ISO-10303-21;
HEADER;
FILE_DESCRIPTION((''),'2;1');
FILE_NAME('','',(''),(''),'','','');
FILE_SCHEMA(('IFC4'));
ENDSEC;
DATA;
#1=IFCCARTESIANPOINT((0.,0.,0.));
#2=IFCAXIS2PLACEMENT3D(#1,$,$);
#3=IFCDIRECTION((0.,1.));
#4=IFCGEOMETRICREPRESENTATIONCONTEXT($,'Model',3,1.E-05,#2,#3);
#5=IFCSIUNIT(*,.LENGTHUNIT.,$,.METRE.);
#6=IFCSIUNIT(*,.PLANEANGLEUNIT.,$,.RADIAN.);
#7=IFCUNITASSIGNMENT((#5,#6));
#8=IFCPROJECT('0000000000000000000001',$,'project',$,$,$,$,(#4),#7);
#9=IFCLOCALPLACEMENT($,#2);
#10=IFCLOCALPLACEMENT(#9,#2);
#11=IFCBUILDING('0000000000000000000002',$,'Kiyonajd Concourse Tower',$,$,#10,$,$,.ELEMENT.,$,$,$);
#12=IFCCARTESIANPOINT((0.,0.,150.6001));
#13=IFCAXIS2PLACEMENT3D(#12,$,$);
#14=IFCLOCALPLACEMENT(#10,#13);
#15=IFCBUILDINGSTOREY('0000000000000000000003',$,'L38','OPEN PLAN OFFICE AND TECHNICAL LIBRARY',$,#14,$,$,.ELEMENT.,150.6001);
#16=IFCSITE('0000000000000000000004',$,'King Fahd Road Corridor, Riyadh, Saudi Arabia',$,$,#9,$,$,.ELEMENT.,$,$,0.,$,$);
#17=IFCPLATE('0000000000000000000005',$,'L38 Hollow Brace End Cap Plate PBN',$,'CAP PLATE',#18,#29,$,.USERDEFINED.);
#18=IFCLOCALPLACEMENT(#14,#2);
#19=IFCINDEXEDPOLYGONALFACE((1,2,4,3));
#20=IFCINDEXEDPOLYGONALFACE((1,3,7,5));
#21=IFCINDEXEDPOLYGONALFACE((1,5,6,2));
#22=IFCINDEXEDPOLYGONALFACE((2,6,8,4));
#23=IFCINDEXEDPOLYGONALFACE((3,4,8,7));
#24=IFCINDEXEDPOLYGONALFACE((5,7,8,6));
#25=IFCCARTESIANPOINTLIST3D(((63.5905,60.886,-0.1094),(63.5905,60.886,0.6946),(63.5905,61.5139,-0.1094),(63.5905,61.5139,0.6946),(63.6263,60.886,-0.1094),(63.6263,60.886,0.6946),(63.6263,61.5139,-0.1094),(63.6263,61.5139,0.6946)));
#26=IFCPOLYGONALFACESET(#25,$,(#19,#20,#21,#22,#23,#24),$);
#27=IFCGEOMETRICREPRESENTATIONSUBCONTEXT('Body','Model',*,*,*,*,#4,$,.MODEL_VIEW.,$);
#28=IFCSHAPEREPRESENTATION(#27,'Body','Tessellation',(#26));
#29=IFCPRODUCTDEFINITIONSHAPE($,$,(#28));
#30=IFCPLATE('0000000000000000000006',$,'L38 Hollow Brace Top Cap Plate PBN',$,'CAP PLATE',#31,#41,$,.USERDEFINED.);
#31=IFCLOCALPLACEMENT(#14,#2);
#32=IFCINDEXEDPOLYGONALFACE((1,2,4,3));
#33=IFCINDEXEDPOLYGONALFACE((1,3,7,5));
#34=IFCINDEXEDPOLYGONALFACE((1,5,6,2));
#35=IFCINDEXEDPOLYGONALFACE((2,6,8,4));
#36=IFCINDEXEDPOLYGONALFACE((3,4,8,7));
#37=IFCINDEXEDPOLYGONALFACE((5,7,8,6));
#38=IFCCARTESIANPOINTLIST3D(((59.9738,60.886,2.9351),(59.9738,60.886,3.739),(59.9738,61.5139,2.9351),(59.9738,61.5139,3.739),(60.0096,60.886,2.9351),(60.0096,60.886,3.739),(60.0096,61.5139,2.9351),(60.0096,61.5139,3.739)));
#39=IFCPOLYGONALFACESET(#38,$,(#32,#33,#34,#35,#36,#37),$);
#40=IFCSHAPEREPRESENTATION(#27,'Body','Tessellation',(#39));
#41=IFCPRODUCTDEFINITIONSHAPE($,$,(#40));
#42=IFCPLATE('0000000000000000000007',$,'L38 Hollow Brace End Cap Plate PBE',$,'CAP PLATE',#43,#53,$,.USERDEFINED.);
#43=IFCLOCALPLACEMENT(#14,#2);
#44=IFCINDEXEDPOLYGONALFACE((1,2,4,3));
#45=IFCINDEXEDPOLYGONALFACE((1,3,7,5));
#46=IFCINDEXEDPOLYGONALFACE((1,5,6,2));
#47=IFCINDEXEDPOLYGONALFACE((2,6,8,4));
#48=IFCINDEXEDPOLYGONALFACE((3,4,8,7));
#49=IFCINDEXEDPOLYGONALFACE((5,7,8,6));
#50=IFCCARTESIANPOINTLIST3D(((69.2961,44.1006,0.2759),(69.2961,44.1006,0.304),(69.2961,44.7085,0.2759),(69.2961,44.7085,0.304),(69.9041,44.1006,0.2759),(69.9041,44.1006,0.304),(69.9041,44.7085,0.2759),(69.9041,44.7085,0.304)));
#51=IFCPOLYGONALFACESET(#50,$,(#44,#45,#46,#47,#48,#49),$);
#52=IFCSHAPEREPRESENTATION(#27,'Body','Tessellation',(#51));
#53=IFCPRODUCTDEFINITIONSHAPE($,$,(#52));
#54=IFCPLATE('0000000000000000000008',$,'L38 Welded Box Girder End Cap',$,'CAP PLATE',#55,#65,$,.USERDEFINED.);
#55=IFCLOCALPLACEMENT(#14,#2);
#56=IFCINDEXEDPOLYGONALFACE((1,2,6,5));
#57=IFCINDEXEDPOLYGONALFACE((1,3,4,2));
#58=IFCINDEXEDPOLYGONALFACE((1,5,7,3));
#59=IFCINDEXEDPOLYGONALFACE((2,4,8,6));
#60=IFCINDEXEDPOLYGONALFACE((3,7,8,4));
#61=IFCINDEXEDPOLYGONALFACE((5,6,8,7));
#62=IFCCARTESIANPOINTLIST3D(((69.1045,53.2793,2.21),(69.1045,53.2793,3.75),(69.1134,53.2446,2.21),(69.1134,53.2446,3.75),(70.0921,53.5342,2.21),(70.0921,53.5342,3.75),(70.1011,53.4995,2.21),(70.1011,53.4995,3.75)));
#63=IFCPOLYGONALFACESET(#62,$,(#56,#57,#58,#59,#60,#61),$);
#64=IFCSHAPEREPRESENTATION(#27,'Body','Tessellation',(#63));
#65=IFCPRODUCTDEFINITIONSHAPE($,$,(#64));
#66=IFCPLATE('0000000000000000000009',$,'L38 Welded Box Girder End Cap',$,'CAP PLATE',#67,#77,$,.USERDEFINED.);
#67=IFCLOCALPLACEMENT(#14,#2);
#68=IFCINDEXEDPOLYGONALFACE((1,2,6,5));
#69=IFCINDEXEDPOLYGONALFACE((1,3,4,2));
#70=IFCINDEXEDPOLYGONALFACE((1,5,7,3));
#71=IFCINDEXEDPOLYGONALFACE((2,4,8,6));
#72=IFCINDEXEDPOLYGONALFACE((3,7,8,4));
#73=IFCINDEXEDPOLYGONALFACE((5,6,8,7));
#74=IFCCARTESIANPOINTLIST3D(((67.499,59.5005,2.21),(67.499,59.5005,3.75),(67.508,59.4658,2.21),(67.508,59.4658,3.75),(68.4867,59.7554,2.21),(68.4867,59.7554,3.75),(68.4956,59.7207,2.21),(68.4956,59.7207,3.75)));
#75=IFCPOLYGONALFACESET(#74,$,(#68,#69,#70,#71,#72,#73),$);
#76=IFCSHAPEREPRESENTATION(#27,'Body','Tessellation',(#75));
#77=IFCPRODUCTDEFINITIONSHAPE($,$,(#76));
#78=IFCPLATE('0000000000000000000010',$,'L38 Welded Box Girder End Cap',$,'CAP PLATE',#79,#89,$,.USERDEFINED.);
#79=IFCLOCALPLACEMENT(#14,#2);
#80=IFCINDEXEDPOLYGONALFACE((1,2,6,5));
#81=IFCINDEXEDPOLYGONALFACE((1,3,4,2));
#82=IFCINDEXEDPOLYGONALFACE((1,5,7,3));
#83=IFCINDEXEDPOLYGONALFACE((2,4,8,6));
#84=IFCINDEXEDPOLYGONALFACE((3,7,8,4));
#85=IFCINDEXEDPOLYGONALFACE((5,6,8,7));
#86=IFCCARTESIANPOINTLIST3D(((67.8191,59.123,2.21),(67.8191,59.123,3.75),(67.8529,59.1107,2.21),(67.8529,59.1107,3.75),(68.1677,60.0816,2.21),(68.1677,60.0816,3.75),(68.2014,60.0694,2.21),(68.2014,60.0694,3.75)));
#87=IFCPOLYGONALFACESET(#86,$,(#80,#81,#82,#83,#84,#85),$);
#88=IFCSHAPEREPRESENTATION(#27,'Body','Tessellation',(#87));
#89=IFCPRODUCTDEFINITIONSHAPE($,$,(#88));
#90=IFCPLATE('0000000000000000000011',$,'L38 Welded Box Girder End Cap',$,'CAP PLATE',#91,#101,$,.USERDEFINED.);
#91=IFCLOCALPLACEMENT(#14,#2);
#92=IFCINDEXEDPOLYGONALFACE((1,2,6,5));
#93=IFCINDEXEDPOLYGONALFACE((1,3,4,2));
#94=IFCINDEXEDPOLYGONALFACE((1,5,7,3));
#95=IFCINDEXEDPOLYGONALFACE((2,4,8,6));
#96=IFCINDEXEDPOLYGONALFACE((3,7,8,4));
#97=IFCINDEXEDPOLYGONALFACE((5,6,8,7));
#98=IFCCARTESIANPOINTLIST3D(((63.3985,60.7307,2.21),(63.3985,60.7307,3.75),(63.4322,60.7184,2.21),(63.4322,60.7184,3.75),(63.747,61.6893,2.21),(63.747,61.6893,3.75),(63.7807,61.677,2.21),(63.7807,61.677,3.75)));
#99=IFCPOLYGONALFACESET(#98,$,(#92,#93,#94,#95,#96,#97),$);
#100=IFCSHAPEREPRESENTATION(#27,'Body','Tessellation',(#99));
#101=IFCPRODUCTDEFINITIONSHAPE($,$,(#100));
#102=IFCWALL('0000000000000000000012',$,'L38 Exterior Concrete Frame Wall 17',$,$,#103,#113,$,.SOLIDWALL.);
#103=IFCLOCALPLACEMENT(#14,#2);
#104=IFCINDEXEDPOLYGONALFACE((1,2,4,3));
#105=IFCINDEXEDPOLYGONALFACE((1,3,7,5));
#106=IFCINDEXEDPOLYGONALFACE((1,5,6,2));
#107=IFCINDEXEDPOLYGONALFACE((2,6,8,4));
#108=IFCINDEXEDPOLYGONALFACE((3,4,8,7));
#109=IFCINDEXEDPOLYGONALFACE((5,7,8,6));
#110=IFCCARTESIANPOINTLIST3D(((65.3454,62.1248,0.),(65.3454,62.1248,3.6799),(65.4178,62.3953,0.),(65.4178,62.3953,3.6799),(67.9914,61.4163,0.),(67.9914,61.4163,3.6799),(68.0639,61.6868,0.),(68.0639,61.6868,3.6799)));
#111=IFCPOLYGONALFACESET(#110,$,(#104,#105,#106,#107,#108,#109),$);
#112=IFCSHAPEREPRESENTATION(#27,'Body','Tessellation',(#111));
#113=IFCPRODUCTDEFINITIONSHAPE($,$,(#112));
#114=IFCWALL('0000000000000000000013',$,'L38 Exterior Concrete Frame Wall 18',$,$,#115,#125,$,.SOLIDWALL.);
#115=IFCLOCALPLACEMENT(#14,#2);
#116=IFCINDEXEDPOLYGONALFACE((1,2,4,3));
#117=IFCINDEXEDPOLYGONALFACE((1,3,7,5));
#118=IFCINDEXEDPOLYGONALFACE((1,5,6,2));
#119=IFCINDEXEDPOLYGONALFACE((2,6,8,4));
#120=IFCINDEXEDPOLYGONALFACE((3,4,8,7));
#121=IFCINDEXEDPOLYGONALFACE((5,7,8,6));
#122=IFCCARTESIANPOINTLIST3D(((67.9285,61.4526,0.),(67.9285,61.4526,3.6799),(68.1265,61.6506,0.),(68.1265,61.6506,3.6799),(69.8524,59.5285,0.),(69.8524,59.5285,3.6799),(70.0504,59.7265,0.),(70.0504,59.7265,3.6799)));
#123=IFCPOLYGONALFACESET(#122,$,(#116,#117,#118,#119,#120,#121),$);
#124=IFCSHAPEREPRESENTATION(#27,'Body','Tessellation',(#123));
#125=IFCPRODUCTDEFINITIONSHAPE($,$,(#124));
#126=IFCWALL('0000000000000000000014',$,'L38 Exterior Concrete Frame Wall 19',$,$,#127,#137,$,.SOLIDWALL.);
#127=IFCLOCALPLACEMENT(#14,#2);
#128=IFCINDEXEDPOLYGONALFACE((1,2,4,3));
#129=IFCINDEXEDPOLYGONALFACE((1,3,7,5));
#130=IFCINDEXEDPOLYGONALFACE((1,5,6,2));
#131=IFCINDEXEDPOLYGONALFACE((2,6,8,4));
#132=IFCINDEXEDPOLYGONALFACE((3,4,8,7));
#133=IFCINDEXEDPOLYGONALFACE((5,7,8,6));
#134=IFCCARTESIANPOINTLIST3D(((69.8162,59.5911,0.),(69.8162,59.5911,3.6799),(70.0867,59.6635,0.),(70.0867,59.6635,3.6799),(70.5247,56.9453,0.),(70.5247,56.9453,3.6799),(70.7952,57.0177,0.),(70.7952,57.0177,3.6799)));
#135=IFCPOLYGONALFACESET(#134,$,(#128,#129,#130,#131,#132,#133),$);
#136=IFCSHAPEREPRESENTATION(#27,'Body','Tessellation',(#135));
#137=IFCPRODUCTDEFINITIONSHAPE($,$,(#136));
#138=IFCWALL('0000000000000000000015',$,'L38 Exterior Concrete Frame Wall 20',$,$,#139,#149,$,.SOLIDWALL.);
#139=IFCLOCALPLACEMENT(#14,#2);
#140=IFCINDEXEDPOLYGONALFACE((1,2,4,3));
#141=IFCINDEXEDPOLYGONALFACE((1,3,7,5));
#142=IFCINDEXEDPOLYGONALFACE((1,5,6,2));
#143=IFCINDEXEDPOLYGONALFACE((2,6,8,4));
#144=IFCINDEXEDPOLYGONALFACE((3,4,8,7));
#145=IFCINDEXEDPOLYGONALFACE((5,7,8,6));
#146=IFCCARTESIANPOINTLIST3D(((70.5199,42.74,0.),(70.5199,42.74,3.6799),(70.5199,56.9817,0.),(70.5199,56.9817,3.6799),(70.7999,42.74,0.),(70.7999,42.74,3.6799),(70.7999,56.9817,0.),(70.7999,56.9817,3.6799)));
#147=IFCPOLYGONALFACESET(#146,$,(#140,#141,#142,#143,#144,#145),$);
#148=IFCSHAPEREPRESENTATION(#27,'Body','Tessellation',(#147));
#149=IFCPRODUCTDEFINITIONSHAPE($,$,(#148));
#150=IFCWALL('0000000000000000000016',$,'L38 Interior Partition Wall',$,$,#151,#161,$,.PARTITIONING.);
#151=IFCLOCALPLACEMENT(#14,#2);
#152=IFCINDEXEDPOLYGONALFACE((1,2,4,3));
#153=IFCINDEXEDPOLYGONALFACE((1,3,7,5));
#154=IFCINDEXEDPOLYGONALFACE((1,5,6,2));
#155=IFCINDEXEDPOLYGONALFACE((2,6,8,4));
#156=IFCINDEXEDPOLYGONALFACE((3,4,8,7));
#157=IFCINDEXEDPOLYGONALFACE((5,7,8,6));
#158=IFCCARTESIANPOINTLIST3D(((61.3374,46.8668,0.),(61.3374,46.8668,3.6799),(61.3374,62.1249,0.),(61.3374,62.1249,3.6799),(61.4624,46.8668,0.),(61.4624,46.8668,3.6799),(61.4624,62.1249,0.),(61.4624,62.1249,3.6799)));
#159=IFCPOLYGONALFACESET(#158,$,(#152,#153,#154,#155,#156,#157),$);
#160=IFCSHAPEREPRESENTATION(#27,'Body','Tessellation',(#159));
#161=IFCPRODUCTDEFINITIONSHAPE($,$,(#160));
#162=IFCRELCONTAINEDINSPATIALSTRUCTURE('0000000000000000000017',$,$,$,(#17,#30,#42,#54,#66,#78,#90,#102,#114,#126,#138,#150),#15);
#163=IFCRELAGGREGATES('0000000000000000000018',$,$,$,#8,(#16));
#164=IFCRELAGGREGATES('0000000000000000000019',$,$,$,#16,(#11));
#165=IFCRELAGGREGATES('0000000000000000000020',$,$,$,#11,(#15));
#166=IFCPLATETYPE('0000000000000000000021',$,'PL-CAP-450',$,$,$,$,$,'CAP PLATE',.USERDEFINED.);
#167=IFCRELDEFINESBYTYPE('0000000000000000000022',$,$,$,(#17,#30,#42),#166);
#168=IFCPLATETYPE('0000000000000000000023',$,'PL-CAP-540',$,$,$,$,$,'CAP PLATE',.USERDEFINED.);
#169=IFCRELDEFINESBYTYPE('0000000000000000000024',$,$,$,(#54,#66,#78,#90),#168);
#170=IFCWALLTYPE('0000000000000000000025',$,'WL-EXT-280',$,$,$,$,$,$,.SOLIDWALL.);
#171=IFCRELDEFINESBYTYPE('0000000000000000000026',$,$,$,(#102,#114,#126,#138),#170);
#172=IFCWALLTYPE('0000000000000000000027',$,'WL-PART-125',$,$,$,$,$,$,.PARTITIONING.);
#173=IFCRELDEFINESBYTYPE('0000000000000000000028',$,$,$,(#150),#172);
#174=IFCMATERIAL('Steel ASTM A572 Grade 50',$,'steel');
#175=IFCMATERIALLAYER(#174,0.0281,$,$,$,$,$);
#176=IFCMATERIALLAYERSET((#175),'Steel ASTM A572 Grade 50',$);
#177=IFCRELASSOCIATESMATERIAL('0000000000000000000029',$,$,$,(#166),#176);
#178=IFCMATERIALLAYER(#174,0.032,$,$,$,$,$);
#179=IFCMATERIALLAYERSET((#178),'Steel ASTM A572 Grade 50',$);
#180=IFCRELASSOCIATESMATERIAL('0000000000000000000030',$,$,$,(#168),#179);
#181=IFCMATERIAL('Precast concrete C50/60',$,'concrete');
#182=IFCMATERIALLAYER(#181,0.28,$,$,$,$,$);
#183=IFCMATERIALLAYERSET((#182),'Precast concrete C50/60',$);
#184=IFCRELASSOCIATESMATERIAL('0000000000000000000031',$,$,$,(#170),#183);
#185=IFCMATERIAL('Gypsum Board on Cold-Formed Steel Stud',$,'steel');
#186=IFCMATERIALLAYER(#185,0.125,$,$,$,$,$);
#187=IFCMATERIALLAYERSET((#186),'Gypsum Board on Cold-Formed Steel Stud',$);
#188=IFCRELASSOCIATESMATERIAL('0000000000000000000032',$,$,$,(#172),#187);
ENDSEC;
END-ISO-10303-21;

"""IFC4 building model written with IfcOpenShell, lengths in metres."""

from ifc_helpers import new_model, si_unit, direction, frame, frame_2d, origin, origin_2d, place, context, subcontext, project, spatial, rectangle, extrude, material, layer, layer_set, type_object, element, save


model = new_model("IFC4")

# Units and contexts
model_context = context("Model", 3, precision=1e-05, world=origin(), true_north=direction((0.0, 1.0)))
body_context = subcontext(model_context, "Body", "Model", "MODEL_VIEW")
ifc_project = project(units=[si_unit("LENGTHUNIT", "METRE"), si_unit("PLANEANGLEUNIT", "RADIAN")], contexts=[model_context])

# Site, building, storey
site_placement = place(None, origin())
site = spatial("IfcSite", under=ifc_project, at=site_placement, Name="King Fahd Road Corridor, Riyadh, Saudi Arabia", CompositionType="ELEMENT", RefElevation=0.0)
building_placement = place(site_placement, origin())
building = spatial("IfcBuilding", under=site, at=building_placement, Name="Kiyonajd Concourse Tower", CompositionType="ELEMENT")
storey_placement = place(building_placement, frame((0.0, 0.0, 150.6001)))
storey = spatial("IfcBuildingStorey", under=building, at=storey_placement, Name="L38", Description="OPEN PLAN OFFICE AND TECHNICAL LIBRARY", CompositionType="ELEMENT", Elevation=150.6001)

# Shared definitions
ifc_material_1 = material(Name="Steel ASTM A572 Grade 50", Category="steel")

# Plates
ifc_layer_1 = layer(ifc_material_1, 0.0281)
ifc_layer_set_1 = layer_set([ifc_layer_1], Name="Steel ASTM A572 Grade 50")
plate_type_1 = type_object("IfcPlateType", Name="PL-CAP-450", ElementType="CAP PLATE", PredefinedType="USERDEFINED", material=ifc_layer_set_1)
for number, where, z_axis, x_axis, name in (
    (1, (63.6084, 61.2, -0.1094), (0.0, 0.0, 1.0), (1.0, 0.0, 0.0), "L38 Hollow Brace End Cap Plate PBN"),
    (2, (59.9917, 61.2, 2.9351), (0.0, 0.0, 1.0), (-1.0, 0.0, 0.0), "L38 Hollow Brace Top Cap Plate PBN"),
):
    element("IfcPlate", number, at=place(storey_placement, frame(where, z_axis=z_axis, x_axis=x_axis)), inside=storey, type_object=plate_type_1, Name=name, ObjectType="CAP PLATE", PredefinedType="USERDEFINED", context=body_context, shape_type="SweptSolid", body=[
        extrude(rectangle(XDim=0.0359, YDim=0.6279, at=origin_2d()), origin(), (0.0, 0.0, 1.0), 0.804),
    ])
plate_placement = place(storey_placement, frame((69.6001, 44.4045, 0.2759), z_axis=(0.0, 0.0, 1.0), x_axis=(1.0, 0.0, 0.0)))
element("IfcPlate", 3, at=plate_placement, inside=storey, type_object=plate_type_1, Name="L38 Hollow Brace End Cap Plate PBE", ObjectType="CAP PLATE", PredefinedType="USERDEFINED", context=body_context, shape_type="SweptSolid", body=[
    extrude(rectangle(XDim=0.6079, YDim=0.6079, at=origin_2d()), origin(), (0.0, 0.0, 1.0), 0.0281),
])
ifc_layer_2 = layer(ifc_material_1, 0.032)
ifc_layer_set_2 = layer_set([ifc_layer_2], Name="Steel ASTM A572 Grade 50")
plate_type_2 = type_object("IfcPlateType", Name="PL-CAP-540", ElementType="CAP PLATE", PredefinedType="USERDEFINED", material=ifc_layer_set_2)
for number, where, z_axis, x_axis, name in (
    (4, (69.6028, 53.3894, 2.21), (0.0, 0.0, 1.0), (0.249873, -0.968279, 0.0), "L38 Welded Box Girder End Cap"),
    (5, (67.9973, 59.6106, 2.21), (0.0, 0.0, 1.0), (-0.249873, 0.968279, 0.0), "L38 Welded Box Girder End Cap"),
    (6, (68.0103, 59.5962, 2.21), (0.0, 0.0, 1.0), (0.939812, -0.341692, 0.0), "L38 Welded Box Girder End Cap"),
    (7, (63.5896, 61.2039, 2.21), (0.0, 0.0, 1.0), (-0.939812, 0.341692, 0.0), "L38 Welded Box Girder End Cap"),
):
    element("IfcPlate", number, at=place(storey_placement, frame(where, z_axis=z_axis, x_axis=x_axis)), inside=storey, type_object=plate_type_2, Name=name, ObjectType="CAP PLATE", PredefinedType="USERDEFINED", context=body_context, shape_type="SweptSolid", body=[
        extrude(rectangle(XDim=0.0359, YDim=1.02, at=origin_2d()), origin(), (0.0, 0.0, 1.0), 1.54),
    ])

# Walls
ifc_material_2 = material(Name="Precast concrete C50/60", Category="concrete")
ifc_layer_3 = layer(ifc_material_2, 0.28)
ifc_layer_set_3 = layer_set([ifc_layer_3], Name="Precast concrete C50/60")
wall_type_1 = type_object("IfcWallType", Name="WL-EXT-280", PredefinedType="SOLIDWALL", material=ifc_layer_set_3)
wall_1_placement = place(storey_placement, frame((65.3816, 62.26, 0.0), z_axis=(0.0, 0.0, 1.0), x_axis=(0.965971, -0.25865, 0.0)))
element("IfcWall", 8, at=wall_1_placement, inside=storey, type_object=wall_type_1, Name="L38 Exterior Concrete Frame Wall 17", PredefinedType="SOLIDWALL", context=body_context, shape_type="SweptSolid", body=[
    extrude(rectangle(XDim=2.7393, YDim=0.28, at=frame_2d((1.3696, 0.0))), origin(), (0.0, 0.0, 1.0), 3.6799),
])
wall_2_placement = place(storey_placement, frame((68.0276, 61.5515, 0.0), z_axis=(0.0, 0.0, 1.0), x_axis=(0.707062, -0.707152, 0.0)))
element("IfcWall", 9, at=wall_2_placement, inside=storey, type_object=wall_type_1, Name="L38 Exterior Concrete Frame Wall 18", PredefinedType="SOLIDWALL", context=body_context, shape_type="SweptSolid", body=[
    extrude(rectangle(XDim=2.7209, YDim=0.28, at=frame_2d((1.3604, 0.0))), origin(), (0.0, 0.0, 1.0), 3.6799),
])
wall_3_placement = place(storey_placement, frame((69.9514, 59.6274, 0.0), z_axis=(0.0, 0.0, 1.0), x_axis=(0.258672, -0.965965, 0.0)))
element("IfcWall", 10, at=wall_3_placement, inside=storey, type_object=wall_type_1, Name="L38 Exterior Concrete Frame Wall 19", PredefinedType="SOLIDWALL", context=body_context, shape_type="SweptSolid", body=[
    extrude(rectangle(XDim=2.739, YDim=0.28, at=frame_2d((1.3696, 0.0))), origin(), (0.0, 0.0, 1.0), 3.6799),
])
wall_4_placement = place(storey_placement, frame((70.6599, 56.9817, 0.0), z_axis=(0.0, 0.0, 1.0), x_axis=(0.0, -1.0, 0.0)))
element("IfcWall", 11, at=wall_4_placement, inside=storey, type_object=wall_type_1, Name="L38 Exterior Concrete Frame Wall 20", PredefinedType="SOLIDWALL", context=body_context, shape_type="SweptSolid", body=[
    extrude(rectangle(XDim=14.2417, YDim=0.28, at=frame_2d((7.1208, 0.0))), origin(), (0.0, 0.0, 1.0), 3.6799),
])
ifc_material_3 = material(Name="Gypsum Board on Cold-Formed Steel Stud", Category="steel")
ifc_layer_4 = layer(ifc_material_3, 0.125)
ifc_layer_set_4 = layer_set([ifc_layer_4], Name="Gypsum Board on Cold-Formed Steel Stud")
wall_type_2 = type_object("IfcWallType", Name="WL-PART-125", PredefinedType="PARTITIONING", material=ifc_layer_set_4)
wall_5_placement = place(storey_placement, frame((61.3999, 46.8669, 0.0), z_axis=(0.0, 0.0, 1.0), x_axis=(0.0, 1.0, 0.0)))
element("IfcWall", 12, at=wall_5_placement, inside=storey, type_object=wall_type_2, Name="L38 Interior Partition Wall", PredefinedType="PARTITIONING", context=body_context, shape_type="SweptSolid", body=[
    extrude(rectangle(XDim=15.2581, YDim=0.125, at=frame_2d((7.6289, 0.0))), origin(), (0.0, 0.0, 1.0), 3.6799),
])

save(model, "model.ifc")
